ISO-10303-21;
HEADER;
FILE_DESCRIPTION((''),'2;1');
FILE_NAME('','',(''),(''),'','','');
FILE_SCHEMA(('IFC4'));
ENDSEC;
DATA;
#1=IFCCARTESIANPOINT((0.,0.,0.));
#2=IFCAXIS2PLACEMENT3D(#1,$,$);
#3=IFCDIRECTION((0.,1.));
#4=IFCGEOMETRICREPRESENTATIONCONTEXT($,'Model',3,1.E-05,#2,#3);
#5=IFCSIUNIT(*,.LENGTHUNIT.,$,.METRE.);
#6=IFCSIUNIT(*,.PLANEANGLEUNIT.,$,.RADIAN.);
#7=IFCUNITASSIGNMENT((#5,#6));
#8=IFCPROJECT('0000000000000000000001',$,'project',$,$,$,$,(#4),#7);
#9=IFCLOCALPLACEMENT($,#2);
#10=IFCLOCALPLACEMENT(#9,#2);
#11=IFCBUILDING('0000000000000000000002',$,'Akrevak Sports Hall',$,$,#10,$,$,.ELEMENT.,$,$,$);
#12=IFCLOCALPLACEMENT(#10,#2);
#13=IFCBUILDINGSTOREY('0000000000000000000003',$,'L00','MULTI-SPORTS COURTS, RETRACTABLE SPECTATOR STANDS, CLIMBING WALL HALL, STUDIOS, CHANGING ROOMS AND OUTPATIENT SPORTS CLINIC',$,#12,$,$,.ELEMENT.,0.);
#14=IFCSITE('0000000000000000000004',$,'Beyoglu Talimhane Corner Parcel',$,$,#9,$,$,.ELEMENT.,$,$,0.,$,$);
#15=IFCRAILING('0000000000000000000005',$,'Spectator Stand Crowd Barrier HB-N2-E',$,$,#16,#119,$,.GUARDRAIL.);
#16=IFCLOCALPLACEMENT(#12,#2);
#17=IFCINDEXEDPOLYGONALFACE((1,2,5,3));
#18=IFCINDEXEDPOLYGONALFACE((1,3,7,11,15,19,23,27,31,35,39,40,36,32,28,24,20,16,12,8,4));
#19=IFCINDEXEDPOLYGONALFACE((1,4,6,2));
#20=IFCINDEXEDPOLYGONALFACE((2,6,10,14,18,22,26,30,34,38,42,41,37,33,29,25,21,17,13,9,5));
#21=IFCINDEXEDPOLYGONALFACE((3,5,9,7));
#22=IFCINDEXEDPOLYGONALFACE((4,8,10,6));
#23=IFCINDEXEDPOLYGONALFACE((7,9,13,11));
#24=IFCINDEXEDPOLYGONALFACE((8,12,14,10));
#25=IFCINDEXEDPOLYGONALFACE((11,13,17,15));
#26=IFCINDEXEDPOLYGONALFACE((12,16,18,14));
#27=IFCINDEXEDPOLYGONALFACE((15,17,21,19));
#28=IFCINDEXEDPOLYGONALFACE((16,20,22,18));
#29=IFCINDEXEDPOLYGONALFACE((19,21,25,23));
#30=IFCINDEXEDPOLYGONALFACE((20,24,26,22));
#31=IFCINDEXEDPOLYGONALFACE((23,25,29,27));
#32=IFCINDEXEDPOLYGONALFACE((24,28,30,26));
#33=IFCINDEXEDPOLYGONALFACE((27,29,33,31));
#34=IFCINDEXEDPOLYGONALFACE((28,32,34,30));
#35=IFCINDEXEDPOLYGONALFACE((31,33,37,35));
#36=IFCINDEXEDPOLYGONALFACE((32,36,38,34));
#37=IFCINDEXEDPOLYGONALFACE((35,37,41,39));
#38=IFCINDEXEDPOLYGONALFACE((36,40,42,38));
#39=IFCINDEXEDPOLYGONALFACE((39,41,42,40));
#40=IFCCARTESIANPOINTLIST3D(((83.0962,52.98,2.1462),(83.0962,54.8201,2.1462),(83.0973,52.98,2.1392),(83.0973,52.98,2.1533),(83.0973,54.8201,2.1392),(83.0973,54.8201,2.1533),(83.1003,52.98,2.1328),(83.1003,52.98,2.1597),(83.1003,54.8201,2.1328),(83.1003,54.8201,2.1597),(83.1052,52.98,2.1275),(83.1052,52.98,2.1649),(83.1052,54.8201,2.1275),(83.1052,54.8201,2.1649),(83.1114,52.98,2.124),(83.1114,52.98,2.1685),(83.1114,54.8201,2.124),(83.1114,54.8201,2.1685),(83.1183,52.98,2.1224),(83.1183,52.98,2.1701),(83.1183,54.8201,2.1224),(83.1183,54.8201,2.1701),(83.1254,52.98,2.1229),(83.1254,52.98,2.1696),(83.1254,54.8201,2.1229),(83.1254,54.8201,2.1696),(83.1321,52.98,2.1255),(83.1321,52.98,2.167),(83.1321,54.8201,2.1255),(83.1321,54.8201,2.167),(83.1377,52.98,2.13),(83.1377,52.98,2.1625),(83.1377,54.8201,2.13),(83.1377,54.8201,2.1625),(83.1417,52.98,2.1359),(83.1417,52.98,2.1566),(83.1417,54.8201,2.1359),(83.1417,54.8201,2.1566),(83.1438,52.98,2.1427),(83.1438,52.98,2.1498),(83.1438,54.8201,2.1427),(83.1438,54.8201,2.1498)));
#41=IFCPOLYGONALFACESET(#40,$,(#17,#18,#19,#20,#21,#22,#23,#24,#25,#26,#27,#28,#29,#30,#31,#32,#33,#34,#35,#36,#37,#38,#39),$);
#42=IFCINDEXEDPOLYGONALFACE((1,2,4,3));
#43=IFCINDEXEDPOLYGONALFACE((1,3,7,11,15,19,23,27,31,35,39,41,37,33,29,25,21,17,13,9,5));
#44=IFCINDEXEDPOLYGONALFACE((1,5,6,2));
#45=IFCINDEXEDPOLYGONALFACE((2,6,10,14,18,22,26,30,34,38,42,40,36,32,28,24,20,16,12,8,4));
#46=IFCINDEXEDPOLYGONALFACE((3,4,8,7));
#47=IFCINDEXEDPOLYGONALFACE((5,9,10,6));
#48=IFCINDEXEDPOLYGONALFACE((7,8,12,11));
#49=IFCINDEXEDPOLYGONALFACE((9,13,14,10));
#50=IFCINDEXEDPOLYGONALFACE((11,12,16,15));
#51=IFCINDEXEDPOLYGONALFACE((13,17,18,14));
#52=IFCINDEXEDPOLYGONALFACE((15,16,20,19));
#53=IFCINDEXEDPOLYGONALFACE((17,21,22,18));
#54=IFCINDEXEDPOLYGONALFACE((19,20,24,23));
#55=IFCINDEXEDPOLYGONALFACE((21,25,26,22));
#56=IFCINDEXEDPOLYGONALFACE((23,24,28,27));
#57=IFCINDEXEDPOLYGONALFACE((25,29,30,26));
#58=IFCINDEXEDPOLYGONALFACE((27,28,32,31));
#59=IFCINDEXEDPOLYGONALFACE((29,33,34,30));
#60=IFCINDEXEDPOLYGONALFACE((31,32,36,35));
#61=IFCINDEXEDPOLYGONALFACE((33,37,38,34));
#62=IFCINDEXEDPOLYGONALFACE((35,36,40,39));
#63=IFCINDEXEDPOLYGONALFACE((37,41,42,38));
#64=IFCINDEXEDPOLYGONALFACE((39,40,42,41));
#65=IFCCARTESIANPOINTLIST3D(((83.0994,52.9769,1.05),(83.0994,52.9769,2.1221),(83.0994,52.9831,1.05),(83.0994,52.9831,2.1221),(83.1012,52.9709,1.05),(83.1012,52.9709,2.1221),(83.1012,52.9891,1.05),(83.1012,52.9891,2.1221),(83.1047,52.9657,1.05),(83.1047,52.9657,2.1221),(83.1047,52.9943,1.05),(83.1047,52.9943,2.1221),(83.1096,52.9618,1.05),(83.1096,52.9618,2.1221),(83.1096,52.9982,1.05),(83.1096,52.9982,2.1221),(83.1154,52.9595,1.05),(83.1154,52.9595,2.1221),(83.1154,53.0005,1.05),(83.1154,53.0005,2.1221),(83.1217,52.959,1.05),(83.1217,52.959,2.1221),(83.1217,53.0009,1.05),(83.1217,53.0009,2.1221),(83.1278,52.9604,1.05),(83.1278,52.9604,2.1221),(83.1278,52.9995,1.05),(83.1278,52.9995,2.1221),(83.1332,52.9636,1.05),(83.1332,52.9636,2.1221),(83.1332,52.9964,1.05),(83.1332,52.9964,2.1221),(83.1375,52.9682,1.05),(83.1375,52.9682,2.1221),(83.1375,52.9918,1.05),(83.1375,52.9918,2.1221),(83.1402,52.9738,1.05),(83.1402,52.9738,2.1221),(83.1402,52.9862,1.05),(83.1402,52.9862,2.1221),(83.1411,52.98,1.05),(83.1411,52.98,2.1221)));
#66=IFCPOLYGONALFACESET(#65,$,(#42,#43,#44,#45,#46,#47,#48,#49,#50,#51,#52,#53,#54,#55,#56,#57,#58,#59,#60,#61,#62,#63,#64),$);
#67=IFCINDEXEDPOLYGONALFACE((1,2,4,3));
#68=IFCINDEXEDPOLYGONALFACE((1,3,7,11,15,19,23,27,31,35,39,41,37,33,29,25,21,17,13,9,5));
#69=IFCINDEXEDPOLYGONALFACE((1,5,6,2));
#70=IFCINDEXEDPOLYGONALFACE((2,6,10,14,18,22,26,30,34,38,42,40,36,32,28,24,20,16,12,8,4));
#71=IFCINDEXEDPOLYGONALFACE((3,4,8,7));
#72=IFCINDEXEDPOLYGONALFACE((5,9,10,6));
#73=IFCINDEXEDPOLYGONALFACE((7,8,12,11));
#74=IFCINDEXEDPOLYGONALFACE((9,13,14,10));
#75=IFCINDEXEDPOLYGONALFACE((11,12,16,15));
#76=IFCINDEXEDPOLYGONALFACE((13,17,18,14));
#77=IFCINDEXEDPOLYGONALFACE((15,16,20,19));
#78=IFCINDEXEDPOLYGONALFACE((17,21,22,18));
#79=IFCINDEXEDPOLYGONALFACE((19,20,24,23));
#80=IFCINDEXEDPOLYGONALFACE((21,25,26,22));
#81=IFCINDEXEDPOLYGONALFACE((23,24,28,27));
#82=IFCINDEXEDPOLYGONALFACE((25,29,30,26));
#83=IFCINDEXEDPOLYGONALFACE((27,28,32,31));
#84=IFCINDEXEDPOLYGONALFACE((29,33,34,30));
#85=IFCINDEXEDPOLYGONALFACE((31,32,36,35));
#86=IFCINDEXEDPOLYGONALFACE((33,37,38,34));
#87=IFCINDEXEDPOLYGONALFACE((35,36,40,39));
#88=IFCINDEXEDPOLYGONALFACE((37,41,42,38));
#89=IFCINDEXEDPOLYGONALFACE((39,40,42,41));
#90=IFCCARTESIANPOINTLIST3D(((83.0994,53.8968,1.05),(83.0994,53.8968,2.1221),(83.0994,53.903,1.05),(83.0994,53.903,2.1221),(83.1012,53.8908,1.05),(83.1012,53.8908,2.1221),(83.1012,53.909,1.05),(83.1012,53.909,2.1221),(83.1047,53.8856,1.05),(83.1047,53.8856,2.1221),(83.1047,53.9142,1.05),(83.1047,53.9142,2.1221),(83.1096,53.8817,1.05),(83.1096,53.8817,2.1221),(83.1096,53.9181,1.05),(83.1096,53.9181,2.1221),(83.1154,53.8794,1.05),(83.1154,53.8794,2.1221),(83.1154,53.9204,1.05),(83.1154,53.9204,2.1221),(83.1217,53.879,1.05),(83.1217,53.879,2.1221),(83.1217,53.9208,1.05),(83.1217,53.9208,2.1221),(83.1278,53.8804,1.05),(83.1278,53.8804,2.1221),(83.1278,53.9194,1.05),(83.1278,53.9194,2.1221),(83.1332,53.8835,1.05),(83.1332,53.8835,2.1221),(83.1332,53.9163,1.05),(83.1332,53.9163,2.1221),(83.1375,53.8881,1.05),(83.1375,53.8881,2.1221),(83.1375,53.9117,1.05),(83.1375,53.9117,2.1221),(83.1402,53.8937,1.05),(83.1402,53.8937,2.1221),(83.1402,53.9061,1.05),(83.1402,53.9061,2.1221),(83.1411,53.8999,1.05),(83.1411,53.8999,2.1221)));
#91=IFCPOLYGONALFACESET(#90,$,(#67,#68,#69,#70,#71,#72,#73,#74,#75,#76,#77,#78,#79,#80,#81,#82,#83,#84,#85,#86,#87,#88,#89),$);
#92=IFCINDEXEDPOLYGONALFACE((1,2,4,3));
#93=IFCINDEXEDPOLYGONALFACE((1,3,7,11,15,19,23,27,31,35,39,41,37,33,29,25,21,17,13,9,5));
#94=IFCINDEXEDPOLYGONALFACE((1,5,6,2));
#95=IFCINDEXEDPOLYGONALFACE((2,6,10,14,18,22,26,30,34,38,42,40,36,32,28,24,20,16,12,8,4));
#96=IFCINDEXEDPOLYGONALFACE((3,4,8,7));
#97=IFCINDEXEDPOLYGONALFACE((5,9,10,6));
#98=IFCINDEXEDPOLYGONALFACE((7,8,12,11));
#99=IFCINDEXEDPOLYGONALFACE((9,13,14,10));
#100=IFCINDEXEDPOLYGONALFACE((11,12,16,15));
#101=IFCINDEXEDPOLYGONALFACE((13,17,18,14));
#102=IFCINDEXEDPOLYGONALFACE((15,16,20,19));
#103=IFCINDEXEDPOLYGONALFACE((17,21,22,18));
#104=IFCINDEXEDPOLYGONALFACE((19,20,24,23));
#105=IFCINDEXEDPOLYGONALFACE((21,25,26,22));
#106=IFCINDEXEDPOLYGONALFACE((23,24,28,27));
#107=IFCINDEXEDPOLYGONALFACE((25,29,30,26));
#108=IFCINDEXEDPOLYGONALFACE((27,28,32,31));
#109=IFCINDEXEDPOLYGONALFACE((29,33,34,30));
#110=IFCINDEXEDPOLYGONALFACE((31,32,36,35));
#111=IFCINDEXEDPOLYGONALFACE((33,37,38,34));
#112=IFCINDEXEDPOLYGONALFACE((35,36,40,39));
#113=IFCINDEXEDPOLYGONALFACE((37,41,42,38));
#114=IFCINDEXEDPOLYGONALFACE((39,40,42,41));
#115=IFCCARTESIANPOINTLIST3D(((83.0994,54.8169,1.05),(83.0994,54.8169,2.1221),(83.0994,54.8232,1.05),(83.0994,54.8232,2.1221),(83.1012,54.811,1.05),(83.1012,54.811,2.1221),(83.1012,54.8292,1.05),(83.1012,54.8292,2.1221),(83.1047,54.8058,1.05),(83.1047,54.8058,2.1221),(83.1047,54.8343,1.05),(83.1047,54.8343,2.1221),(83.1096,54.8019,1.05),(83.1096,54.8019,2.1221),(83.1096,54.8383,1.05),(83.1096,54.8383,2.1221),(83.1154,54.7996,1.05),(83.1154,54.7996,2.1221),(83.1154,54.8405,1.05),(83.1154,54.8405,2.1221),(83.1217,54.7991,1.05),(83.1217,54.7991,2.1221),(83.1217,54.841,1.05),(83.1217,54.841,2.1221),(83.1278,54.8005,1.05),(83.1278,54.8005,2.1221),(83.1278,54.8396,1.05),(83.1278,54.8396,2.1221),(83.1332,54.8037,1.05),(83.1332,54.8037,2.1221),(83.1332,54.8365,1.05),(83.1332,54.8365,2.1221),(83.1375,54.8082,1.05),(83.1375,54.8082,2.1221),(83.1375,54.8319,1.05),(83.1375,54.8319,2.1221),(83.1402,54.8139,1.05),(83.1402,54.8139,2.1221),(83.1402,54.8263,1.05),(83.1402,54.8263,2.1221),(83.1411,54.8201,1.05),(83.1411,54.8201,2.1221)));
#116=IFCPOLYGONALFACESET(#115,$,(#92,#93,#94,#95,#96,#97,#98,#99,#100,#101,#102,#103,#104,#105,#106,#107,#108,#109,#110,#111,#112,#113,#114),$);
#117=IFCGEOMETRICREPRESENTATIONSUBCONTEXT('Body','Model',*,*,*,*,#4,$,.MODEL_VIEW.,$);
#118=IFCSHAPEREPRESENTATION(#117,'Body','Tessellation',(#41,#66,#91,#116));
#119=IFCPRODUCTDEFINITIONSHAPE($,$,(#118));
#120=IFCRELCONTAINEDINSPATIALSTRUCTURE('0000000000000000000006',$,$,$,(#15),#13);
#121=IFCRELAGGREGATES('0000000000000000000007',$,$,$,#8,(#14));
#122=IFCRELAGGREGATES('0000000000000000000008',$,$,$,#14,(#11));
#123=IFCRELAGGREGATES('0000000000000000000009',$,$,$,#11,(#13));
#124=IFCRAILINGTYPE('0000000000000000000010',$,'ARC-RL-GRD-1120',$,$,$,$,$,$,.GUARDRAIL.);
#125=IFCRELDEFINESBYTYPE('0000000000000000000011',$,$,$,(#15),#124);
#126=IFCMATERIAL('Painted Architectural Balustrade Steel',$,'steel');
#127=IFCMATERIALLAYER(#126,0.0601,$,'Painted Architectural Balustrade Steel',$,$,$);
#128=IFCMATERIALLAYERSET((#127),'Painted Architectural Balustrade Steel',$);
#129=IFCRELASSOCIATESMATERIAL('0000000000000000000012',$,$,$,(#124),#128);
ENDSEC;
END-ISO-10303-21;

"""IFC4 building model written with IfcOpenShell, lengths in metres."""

from ifc_helpers import new_model, si_unit, direction, frame, origin, origin_2d, place, context, subcontext, project, spatial, circle, extrude, material, layer, layer_set, type_object, element, save


model = new_model("IFC4")

# Units and contexts
model_context = context("Model", 3, precision=1e-05, world=origin(), true_north=direction((0.0, 1.0)))
body_context = subcontext(model_context, "Body", "Model", "MODEL_VIEW")
ifc_project = project(units=[si_unit("LENGTHUNIT", "METRE"), si_unit("PLANEANGLEUNIT", "RADIAN")], contexts=[model_context])

# Site, building, storey
site_placement = place(None, origin())
site = spatial("IfcSite", under=ifc_project, at=site_placement, Name="Beyoglu Talimhane Corner Parcel", CompositionType="ELEMENT", RefElevation=0.0)
building_placement = place(site_placement, origin())
building = spatial("IfcBuilding", under=site, at=building_placement, Name="Akrevak Sports Hall", CompositionType="ELEMENT")
storey_placement = place(building_placement, origin())
storey = spatial("IfcBuildingStorey", under=building, at=storey_placement, Name="L00", Description="MULTI-SPORTS COURTS, RETRACTABLE SPECTATOR STANDS, CLIMBING WALL HALL, STUDIOS, CHANGING ROOMS AND OUTPATIENT SPORTS CLINIC", CompositionType="ELEMENT", Elevation=0.0)

# Railing
ifc_material_1 = material(Name="Painted Architectural Balustrade Steel", Category="steel")
ifc_layer_1 = layer(ifc_material_1, 0.0601, Name="Painted Architectural Balustrade Steel")
ifc_layer_set_1 = layer_set([ifc_layer_1], Name="Painted Architectural Balustrade Steel")
railing_type = type_object("IfcRailingType", Name="ARC-RL-GRD-1120", PredefinedType="GUARDRAIL", material=ifc_layer_set_1)
for number, where, name in (
    (1, (83.1201, 52.98, 1.05), "Spectator Stand Crowd Barrier HB-N2-E"),
):
    element("IfcRailing", number, at=place(storey_placement, frame(where)), inside=storey, type_object=railing_type, Name=name, PredefinedType="GUARDRAIL", context=body_context, shape_type="SweptSolid", body=[
        extrude(circle(Radius=0.0239, at=origin_2d()), frame((0.0, 0.0, 1.0962), z_axis=(0.0, 1.0, 0.0), x_axis=(-1.0, 0.0, 0.0)), (0.0, 0.0, 1.0), 1.8401),
        extrude(circle(Radius=0.021, at=origin_2d()), origin(), (0.0, 0.0, 1.0), 1.072),
        extrude(circle(Radius=0.021, at=origin_2d()), frame((0.0, 0.9199, 0.0)), (0.0, 0.0, 1.0), 1.072),
        extrude(circle(Radius=0.021, at=origin_2d()), frame((0.0, 1.8401, 0.0)), (0.0, 0.0, 1.0), 1.072),
    ])

save(model, "model.ifc")
